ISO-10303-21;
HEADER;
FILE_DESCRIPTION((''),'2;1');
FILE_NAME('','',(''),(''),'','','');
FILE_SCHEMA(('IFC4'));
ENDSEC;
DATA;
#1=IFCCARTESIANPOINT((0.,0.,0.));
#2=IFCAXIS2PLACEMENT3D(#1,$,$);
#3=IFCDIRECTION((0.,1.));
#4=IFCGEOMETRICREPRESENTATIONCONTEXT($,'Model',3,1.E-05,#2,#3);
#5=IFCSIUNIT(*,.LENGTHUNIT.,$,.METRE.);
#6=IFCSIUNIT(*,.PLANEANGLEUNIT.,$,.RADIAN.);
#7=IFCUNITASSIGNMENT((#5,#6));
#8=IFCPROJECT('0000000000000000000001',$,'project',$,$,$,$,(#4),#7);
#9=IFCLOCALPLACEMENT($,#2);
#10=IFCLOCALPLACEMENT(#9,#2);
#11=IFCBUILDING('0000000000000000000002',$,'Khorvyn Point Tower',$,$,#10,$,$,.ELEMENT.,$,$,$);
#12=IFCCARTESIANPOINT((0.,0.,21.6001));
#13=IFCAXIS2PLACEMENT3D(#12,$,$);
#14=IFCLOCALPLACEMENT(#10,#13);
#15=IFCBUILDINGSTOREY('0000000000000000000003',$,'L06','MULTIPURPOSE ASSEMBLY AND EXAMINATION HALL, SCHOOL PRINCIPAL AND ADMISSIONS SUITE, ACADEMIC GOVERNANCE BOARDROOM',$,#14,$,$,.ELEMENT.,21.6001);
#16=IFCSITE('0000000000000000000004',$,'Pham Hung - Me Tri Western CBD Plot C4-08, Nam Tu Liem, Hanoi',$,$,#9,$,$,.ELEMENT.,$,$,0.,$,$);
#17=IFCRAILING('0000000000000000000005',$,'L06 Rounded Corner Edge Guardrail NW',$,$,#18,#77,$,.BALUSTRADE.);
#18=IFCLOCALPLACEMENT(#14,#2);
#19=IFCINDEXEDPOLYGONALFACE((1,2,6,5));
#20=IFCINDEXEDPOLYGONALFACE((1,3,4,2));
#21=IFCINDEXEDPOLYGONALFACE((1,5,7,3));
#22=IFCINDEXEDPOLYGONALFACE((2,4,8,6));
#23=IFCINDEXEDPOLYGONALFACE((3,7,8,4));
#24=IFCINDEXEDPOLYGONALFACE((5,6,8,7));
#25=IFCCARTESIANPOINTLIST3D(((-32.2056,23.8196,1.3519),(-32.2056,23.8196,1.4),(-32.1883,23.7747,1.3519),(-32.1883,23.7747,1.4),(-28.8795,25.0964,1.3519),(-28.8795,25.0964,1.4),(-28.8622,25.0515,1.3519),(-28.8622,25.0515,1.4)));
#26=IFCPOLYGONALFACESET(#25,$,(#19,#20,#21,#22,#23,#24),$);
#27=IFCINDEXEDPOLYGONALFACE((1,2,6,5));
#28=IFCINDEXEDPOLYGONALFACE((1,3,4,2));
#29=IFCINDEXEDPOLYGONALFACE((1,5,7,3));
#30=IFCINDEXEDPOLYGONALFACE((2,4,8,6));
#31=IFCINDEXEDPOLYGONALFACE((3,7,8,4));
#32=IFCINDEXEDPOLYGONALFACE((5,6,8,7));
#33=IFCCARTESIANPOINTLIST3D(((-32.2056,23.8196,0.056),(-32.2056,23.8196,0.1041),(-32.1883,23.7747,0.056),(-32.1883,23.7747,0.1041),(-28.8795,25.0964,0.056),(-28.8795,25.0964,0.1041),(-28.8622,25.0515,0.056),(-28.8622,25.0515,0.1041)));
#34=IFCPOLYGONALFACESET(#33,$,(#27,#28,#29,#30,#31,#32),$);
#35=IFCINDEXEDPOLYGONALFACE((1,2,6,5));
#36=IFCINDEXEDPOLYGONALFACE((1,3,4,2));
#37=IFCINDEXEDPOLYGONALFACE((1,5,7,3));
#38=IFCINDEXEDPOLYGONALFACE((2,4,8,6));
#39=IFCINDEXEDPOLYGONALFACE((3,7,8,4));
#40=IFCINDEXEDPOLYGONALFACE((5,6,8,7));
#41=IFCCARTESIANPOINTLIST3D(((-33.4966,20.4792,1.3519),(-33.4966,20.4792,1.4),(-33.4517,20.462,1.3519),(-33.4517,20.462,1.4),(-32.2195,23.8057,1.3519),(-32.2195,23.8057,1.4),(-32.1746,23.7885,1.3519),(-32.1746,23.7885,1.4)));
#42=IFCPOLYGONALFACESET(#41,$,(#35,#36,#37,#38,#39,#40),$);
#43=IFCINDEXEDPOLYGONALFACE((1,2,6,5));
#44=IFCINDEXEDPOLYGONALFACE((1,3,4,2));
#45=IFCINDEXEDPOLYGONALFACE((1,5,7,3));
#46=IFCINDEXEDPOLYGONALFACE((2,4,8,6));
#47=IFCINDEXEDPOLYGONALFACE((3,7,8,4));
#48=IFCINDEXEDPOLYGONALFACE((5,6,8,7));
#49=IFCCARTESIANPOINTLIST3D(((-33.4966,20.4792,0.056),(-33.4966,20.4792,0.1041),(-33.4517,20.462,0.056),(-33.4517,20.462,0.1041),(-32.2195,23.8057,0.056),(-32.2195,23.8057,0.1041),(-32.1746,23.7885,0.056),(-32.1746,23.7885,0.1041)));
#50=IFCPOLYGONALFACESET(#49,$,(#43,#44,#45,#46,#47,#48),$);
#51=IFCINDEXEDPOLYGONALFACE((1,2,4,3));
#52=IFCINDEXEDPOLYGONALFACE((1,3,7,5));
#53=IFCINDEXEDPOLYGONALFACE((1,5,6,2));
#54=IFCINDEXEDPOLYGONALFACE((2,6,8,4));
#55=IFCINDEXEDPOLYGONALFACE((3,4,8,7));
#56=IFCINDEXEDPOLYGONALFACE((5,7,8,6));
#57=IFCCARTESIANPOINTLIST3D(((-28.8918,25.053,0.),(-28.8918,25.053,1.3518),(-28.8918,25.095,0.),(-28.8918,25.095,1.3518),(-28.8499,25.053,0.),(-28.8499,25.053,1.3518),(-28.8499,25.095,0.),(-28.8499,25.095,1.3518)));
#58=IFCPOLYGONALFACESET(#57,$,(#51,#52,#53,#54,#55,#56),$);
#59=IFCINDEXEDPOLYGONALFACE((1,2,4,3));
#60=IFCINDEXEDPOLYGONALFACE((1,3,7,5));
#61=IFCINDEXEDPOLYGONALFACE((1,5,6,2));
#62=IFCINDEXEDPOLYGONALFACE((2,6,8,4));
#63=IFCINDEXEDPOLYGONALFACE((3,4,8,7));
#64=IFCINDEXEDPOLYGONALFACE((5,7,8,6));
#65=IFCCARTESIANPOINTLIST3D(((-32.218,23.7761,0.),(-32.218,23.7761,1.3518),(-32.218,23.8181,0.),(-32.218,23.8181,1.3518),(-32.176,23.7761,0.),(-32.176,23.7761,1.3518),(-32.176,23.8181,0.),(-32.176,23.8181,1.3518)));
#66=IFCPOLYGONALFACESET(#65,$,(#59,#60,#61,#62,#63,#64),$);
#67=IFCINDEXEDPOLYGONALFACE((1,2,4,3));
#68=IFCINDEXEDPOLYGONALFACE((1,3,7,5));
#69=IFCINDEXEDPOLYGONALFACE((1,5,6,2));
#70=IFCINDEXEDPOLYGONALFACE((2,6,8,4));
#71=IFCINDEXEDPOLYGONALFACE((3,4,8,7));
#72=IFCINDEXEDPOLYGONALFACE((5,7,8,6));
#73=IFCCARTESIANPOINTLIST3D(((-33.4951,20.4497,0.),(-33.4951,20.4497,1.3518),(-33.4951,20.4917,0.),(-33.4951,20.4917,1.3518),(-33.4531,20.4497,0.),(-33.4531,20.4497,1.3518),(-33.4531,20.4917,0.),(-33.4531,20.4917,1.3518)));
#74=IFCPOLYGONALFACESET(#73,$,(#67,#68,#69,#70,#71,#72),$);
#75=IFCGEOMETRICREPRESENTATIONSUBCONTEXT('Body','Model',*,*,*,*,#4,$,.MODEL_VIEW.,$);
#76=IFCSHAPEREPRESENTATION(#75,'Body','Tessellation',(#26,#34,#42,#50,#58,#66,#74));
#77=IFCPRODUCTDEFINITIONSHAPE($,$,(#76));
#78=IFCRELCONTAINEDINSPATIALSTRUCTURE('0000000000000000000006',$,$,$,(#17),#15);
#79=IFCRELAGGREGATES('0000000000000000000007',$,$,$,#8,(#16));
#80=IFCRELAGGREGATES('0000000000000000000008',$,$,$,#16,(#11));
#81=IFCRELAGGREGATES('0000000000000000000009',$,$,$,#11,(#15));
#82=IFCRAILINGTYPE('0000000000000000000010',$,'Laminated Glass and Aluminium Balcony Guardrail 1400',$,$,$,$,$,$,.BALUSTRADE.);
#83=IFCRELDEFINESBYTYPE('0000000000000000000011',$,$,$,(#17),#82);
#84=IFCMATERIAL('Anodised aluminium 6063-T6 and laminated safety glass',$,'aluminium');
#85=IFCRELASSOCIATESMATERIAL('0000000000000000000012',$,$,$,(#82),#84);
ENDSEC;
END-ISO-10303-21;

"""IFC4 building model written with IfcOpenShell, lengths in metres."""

from ifc_helpers import new_model, si_unit, direction, frame, origin, origin_2d, place, context, subcontext, project, spatial, rectangle, extrude, material, type_object, element, save


model = new_model("IFC4")

# Units and contexts
model_context = context("Model", 3, precision=1e-05, world=origin(), true_north=direction((0.0, 1.0)))
body_context = subcontext(model_context, "Body", "Model", "MODEL_VIEW")
ifc_project = project(units=[si_unit("LENGTHUNIT", "METRE"), si_unit("PLANEANGLEUNIT", "RADIAN")], contexts=[model_context])

# Site, building, storey
site_placement = place(None, origin())
site = spatial("IfcSite", under=ifc_project, at=site_placement, Name="Pham Hung - Me Tri Western CBD Plot C4-08, Nam Tu Liem, Hanoi", CompositionType="ELEMENT", RefElevation=0.0)
building_placement = place(site_placement, origin())
building = spatial("IfcBuilding", under=site, at=building_placement, Name="Khorvyn Point Tower", CompositionType="ELEMENT")
storey_placement = place(building_placement, frame((0.0, 0.0, 21.6001)))
storey = spatial("IfcBuildingStorey", under=building, at=storey_placement, Name="L06", Description="MULTIPURPOSE ASSEMBLY AND EXAMINATION HALL, SCHOOL PRINCIPAL AND ADMISSIONS SUITE, ACADEMIC GOVERNANCE BOARDROOM", CompositionType="ELEMENT", Elevation=21.6001)

# Railing
ifc_material_1 = material(Name="Anodised aluminium 6063-T6 and laminated safety glass", Category="aluminium")
railing_type = type_object("IfcRailingType", Name="Laminated Glass and Aluminium Balcony Guardrail 1400", PredefinedType="BALUSTRADE", material=ifc_material_1)
railing_placement = place(storey_placement, frame((-28.8708, 25.074, 0.0)))
element("IfcRailing", 1, at=railing_placement, inside=storey, type_object=railing_type, Name="L06 Rounded Corner Edge Guardrail NW", PredefinedType="BALUSTRADE", context=body_context, shape_type="SweptSolid", body=[
    extrude(rectangle(XDim=0.0481, YDim=0.0481, at=origin_2d()), frame((0.0, 0.0, 1.376), z_axis=(-0.933575, -0.358382, 0.0), x_axis=(0.358382, -0.933575, 0.0)), (0.0, 0.0, 1.0), 3.5627),
    extrude(rectangle(XDim=0.0481, YDim=0.0481, at=origin_2d()), frame((0.0, 0.0, 0.0801), z_axis=(-0.933575, -0.358382, 0.0), x_axis=(0.358382, -0.933575, 0.0)), (0.0, 0.0, 1.0), 3.5627),
    extrude(rectangle(XDim=0.0481, YDim=0.0481, at=origin_2d()), frame((-3.3262, -1.2769, 1.376), z_axis=(-0.358419, -0.933561, 0.0), x_axis=(0.933561, -0.358419, 0.0)), (0.0, 0.0, 1.0), 3.5632),
    extrude(rectangle(XDim=0.0481, YDim=0.0481, at=origin_2d()), frame((-3.3262, -1.2769, 0.0801), z_axis=(-0.358419, -0.933561, 0.0), x_axis=(0.933561, -0.358419, 0.0)), (0.0, 0.0, 1.0), 3.5632),
    extrude(rectangle(XDim=0.042, YDim=0.042, at=origin_2d()), origin(), (0.0, 0.0, 1.0), 1.3518),
    extrude(rectangle(XDim=0.042, YDim=0.042, at=origin_2d()), frame((-3.3262, -1.2769, 0.0)), (0.0, 0.0, 1.0), 1.3518),
    extrude(rectangle(XDim=0.042, YDim=0.042, at=origin_2d()), frame((-4.6033, -4.6033, 0.0)), (0.0, 0.0, 1.0), 1.3518),
])

save(model, "model.ifc")
